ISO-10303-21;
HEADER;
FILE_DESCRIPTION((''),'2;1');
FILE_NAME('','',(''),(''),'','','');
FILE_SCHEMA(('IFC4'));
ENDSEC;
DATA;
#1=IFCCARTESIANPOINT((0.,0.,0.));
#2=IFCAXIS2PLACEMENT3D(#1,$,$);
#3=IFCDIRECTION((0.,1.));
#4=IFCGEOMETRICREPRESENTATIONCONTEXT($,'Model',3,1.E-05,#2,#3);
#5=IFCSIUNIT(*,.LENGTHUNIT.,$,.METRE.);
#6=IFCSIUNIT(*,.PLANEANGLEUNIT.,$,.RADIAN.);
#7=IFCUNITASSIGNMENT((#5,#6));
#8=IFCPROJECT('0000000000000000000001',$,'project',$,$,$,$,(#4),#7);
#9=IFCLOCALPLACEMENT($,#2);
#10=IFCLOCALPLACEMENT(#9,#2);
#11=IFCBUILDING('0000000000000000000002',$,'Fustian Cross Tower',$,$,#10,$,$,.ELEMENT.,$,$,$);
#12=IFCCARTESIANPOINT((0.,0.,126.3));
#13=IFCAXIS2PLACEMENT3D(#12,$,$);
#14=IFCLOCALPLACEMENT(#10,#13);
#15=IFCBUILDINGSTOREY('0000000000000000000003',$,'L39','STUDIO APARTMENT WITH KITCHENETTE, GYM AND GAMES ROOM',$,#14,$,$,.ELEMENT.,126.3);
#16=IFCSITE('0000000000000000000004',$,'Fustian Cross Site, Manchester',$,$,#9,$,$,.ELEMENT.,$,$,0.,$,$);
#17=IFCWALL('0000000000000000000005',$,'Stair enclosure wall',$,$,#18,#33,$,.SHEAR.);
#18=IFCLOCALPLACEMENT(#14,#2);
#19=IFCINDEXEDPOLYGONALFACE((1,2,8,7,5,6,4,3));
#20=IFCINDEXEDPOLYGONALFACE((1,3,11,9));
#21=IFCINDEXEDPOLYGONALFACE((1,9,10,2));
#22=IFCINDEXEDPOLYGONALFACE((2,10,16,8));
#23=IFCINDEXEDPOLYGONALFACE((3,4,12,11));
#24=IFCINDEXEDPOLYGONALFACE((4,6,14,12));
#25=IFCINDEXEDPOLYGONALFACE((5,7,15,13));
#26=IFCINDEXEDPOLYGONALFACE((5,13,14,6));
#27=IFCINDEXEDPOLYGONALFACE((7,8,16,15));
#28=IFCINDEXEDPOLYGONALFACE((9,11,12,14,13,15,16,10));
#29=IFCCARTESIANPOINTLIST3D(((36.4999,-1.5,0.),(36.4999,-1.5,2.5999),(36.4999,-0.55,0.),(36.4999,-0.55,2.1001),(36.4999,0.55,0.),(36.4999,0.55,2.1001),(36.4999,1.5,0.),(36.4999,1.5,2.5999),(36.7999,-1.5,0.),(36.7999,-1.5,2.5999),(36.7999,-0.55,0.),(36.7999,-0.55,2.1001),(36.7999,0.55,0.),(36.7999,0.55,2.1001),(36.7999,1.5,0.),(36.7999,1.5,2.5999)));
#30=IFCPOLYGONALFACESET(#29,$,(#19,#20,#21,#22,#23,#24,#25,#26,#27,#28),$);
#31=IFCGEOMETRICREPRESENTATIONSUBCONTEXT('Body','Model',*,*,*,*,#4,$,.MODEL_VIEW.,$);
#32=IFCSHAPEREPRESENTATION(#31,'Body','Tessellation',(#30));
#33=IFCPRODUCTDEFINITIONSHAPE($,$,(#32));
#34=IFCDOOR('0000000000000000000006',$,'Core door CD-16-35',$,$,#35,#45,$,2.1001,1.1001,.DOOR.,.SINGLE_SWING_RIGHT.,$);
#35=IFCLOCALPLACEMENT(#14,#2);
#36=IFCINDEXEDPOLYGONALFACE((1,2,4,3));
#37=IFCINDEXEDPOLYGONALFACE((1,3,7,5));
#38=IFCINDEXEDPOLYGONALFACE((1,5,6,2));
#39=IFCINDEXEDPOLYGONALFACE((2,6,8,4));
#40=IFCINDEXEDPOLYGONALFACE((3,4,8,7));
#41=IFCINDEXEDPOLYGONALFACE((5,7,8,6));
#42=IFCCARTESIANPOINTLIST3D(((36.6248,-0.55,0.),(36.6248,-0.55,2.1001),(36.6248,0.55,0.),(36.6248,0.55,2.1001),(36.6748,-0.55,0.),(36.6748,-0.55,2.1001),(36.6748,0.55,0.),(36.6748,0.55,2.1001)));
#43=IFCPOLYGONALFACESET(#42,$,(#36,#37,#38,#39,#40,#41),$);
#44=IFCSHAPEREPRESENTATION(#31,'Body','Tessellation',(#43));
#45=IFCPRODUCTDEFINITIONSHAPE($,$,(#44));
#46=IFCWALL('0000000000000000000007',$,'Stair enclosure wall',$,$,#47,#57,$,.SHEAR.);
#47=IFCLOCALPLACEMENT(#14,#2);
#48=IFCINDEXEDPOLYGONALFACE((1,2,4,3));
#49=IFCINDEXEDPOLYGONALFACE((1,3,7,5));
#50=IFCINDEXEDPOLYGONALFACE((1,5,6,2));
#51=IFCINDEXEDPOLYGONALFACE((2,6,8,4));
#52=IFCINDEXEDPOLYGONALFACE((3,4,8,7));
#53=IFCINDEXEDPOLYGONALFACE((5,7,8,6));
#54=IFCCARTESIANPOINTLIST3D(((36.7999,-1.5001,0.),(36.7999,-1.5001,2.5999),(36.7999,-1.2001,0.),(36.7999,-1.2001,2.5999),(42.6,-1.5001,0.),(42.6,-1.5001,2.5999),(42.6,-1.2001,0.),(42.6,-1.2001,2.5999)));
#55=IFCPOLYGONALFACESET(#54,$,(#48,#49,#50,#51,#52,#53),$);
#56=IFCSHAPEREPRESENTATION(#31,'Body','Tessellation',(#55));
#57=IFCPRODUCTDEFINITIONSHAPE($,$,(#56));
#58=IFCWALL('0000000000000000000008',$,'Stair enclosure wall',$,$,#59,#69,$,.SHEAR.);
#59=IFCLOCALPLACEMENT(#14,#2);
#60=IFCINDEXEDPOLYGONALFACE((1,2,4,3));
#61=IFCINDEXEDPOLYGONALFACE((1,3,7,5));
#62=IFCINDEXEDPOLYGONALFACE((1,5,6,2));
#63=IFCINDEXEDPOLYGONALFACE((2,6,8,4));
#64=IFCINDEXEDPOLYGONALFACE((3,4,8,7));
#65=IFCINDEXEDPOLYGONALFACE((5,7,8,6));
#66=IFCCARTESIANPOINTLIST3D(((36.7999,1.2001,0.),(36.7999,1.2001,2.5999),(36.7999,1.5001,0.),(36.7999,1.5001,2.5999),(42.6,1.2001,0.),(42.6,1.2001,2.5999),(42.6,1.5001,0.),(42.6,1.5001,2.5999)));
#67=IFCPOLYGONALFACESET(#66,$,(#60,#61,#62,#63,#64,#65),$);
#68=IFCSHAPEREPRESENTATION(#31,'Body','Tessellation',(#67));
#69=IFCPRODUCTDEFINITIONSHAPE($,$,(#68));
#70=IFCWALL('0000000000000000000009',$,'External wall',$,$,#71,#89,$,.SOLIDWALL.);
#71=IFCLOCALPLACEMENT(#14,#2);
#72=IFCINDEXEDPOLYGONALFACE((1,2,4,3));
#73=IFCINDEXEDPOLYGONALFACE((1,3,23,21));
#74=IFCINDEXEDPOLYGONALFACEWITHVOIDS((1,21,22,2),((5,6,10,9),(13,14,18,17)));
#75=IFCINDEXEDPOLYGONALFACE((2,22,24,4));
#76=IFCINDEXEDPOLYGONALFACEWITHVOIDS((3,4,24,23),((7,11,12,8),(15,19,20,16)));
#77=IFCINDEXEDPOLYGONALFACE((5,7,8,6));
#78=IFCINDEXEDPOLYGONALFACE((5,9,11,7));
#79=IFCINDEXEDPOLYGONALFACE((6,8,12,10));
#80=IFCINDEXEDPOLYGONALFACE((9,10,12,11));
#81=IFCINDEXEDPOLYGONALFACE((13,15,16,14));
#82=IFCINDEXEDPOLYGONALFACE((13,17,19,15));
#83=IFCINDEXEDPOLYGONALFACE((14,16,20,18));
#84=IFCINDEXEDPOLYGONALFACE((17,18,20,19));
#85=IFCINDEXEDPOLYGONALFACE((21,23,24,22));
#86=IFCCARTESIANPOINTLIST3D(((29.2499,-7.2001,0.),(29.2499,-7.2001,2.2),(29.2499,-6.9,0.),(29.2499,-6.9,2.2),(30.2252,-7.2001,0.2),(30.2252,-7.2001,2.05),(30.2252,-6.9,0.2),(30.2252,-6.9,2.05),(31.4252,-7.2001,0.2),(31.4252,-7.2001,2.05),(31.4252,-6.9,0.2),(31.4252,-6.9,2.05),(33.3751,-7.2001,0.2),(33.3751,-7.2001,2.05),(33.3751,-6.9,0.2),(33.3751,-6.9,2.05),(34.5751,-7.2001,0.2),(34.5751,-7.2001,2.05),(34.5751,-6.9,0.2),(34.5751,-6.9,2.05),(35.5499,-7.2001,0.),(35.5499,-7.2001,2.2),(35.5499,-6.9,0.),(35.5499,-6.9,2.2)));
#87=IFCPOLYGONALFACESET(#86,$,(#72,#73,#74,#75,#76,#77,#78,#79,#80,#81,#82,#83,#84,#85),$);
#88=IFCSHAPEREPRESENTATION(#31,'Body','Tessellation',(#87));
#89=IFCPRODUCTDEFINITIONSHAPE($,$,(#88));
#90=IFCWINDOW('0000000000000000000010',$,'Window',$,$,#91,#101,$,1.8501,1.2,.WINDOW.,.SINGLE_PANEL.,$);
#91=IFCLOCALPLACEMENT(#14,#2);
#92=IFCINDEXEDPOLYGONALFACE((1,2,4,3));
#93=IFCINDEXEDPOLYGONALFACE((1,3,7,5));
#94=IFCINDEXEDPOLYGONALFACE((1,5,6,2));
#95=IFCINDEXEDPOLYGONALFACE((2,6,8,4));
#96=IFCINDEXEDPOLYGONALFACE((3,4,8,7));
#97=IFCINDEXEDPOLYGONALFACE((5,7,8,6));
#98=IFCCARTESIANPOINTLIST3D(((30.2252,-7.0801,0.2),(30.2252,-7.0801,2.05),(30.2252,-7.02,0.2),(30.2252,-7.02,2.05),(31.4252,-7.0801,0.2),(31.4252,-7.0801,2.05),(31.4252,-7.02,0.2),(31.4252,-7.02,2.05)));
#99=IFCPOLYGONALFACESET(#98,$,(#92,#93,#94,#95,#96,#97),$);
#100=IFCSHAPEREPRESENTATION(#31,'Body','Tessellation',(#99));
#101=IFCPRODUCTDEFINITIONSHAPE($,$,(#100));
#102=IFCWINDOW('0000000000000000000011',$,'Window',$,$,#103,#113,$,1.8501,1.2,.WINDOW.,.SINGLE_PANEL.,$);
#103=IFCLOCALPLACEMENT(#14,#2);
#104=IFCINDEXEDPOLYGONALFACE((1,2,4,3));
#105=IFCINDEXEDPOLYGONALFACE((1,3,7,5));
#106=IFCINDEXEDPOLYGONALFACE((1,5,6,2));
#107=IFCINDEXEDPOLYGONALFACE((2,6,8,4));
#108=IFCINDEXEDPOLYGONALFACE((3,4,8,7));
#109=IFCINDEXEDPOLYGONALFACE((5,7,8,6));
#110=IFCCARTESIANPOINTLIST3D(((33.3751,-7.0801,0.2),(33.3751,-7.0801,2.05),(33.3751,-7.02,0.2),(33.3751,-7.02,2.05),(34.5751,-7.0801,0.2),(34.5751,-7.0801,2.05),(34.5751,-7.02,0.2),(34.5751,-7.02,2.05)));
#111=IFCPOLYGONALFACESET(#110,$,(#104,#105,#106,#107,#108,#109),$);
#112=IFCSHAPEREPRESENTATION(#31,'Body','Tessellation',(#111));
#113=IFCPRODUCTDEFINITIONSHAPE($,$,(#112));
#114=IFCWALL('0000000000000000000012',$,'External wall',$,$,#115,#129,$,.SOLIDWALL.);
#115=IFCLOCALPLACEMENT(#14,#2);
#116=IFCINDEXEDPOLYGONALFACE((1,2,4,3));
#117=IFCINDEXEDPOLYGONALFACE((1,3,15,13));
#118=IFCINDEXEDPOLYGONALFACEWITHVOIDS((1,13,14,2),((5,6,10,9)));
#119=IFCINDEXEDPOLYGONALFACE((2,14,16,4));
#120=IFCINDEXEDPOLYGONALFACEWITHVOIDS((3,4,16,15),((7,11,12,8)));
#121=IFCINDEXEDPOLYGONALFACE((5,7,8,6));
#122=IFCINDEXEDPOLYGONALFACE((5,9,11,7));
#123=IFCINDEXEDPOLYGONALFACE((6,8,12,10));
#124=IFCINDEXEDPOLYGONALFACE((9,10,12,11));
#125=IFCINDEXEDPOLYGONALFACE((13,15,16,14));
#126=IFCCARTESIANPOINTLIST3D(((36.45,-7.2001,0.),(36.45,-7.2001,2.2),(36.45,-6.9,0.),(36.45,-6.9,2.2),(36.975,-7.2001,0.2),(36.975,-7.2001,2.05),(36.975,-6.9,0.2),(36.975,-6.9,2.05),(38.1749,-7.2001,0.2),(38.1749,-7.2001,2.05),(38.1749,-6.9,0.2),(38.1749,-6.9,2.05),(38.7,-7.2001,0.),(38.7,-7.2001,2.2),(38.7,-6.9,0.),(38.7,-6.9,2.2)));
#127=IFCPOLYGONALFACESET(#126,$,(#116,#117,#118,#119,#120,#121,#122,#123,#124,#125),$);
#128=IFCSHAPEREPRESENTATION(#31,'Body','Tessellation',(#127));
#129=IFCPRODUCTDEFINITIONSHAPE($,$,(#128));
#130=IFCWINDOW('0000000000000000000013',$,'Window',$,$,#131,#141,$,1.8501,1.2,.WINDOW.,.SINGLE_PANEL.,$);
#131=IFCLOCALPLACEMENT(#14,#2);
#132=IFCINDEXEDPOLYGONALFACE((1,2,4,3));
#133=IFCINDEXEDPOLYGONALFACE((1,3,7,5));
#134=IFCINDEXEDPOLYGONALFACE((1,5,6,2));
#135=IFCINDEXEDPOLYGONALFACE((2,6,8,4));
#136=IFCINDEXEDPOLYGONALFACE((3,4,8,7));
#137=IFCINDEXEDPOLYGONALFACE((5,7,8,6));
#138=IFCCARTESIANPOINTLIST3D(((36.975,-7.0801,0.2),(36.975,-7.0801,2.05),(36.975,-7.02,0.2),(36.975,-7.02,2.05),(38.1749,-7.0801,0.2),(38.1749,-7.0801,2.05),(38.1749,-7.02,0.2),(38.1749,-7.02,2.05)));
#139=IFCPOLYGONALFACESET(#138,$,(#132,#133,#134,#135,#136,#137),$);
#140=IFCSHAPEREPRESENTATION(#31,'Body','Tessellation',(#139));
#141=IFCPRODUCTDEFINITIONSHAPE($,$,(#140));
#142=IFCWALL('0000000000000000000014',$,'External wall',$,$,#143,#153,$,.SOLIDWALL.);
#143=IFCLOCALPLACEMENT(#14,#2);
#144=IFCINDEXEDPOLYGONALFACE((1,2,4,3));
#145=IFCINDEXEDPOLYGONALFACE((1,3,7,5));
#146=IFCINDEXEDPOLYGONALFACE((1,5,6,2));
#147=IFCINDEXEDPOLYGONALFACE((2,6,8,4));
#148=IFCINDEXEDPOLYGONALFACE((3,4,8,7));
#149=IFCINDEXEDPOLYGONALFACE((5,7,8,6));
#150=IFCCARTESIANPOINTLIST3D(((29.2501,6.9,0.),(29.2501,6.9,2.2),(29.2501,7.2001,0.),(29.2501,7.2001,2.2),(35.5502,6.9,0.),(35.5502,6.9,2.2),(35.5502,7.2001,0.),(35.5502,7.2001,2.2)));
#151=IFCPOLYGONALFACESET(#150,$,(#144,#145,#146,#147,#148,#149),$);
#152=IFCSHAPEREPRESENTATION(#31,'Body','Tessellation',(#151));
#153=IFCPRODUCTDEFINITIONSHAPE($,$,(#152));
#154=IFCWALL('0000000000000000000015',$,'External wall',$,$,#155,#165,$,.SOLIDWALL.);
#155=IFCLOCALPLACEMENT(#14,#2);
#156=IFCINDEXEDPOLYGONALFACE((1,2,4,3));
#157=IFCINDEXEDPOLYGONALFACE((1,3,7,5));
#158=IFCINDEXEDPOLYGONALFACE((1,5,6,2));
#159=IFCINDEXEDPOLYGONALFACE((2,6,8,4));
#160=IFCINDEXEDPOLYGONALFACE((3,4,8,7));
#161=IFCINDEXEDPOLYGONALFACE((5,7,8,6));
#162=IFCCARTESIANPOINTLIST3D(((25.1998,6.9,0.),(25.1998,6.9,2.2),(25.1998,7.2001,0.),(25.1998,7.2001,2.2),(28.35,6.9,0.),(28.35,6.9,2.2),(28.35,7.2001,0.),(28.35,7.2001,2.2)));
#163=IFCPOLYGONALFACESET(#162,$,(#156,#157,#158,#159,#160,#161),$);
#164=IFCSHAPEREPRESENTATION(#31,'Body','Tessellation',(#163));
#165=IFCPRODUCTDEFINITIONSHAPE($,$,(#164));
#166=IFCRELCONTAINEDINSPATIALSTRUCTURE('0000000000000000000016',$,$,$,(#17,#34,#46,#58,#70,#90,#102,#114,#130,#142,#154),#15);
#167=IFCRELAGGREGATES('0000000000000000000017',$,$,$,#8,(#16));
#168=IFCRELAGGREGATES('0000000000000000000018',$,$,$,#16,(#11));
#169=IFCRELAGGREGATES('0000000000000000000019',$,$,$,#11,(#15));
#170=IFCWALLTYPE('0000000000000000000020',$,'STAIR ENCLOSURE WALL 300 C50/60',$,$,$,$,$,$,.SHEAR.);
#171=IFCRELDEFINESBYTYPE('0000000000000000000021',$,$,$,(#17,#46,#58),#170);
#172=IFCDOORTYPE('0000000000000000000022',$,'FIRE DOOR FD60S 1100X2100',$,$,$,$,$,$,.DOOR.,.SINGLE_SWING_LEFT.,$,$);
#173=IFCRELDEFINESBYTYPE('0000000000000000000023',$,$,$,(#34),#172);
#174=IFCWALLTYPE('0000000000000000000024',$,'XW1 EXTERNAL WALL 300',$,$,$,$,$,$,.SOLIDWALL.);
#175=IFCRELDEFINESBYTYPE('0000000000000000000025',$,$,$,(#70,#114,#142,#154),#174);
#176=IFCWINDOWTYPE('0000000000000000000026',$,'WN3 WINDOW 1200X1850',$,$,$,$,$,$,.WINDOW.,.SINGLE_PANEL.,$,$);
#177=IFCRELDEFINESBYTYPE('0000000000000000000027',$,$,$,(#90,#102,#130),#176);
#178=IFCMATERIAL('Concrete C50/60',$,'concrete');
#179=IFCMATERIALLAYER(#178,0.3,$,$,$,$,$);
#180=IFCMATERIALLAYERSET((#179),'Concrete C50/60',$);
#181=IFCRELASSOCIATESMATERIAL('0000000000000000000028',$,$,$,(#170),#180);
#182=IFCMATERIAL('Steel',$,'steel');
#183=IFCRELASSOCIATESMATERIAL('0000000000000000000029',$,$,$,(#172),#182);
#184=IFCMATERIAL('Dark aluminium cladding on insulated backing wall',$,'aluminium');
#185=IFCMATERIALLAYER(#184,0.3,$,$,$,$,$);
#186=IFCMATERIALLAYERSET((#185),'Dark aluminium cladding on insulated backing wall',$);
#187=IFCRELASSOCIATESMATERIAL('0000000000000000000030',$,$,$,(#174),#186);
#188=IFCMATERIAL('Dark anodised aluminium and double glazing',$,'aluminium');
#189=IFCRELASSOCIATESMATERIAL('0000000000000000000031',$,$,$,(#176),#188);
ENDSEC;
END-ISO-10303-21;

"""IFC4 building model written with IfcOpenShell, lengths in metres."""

from ifc_helpers import new_model, si_unit, direction, frame, frame_2d, origin, place, context, subcontext, project, spatial, rectangle, extrude, material, layer, layer_set, type_object, element, fill, save


model = new_model("IFC4")

# Units and contexts
model_context = context("Model", 3, precision=1e-05, world=origin(), true_north=direction((0.0, 1.0)))
body_context = subcontext(model_context, "Body", "Model", "MODEL_VIEW")
ifc_project = project(units=[si_unit("LENGTHUNIT", "METRE"), si_unit("PLANEANGLEUNIT", "RADIAN")], contexts=[model_context])

# Site, building, storey
site_placement = place(None, origin())
site = spatial("IfcSite", under=ifc_project, at=site_placement, Name="Fustian Cross Site, Manchester", CompositionType="ELEMENT", RefElevation=0.0)
building_placement = place(site_placement, origin())
building = spatial("IfcBuilding", under=site, at=building_placement, Name="Fustian Cross Tower", CompositionType="ELEMENT")
storey_placement = place(building_placement, frame((0.0, 0.0, 126.3)))
storey = spatial("IfcBuildingStorey", under=building, at=storey_placement, Name="L39", Description="STUDIO APARTMENT WITH KITCHENETTE, GYM AND GAMES ROOM", CompositionType="ELEMENT", Elevation=126.3)

# Wall, opening, door
ifc_material_1 = material(Name="Concrete C50/60", Category="concrete")
ifc_layer_1 = layer(ifc_material_1, 0.3)
ifc_layer_set_1 = layer_set([ifc_layer_1], Name="Concrete C50/60")
wall_type_1 = type_object("IfcWallType", Name="STAIR ENCLOSURE WALL 300 C50/60", PredefinedType="SHEAR", material=ifc_layer_set_1)
wall_1_placement = place(storey_placement, frame((36.6499, -1.5, 0.0), z_axis=(0.0, 0.0, 1.0), x_axis=(0.0, 1.0, 0.0)))
wall_1 = element("IfcWall", 1, at=wall_1_placement, inside=storey, type_object=wall_type_1, Name="Stair enclosure wall", PredefinedType="SHEAR", context=body_context, shape_type="SweptSolid", body=[
    extrude(rectangle(XDim=3.0, YDim=0.3, at=frame_2d((1.5, 0.0))), origin(), (0.0, 0.0, 1.0), 2.5999),
])
opening_1_placement = place(wall_1_placement, frame((0.95, 0.0, 0.0)))
opening_1 = element("IfcOpeningElement", 2, at=opening_1_placement, cuts=wall_1, PredefinedType="OPENING", context=body_context, shape_type="SweptSolid", body=[
    extrude(rectangle(XDim=1.1001, YDim=2.1001, at=frame_2d((0.55, 1.05))), frame((0.0, 0.1599, 0.0), z_axis=(0.0, -1.0, 0.0), x_axis=(1.0, 0.0, 0.0)), (0.0, 0.0, 1.0), 0.3201),
])
ifc_material_2 = material(Name="Steel", Category="steel")
door_type_1 = type_object("IfcDoorType", Name="FIRE DOOR FD60S 1100X2100", OperationType="SINGLE_SWING_LEFT", PredefinedType="DOOR", material=ifc_material_2)
door_1_placement = place(opening_1_placement, frame((1.1001, 0.0, 0.0), z_axis=(0.0, 0.0, 1.0), x_axis=(-1.0, 0.0, 0.0)))
door_1 = element("IfcDoor", 3, at=door_1_placement, inside=storey, type_object=door_type_1, Name="Core door CD-16-35", OperationType="SINGLE_SWING_RIGHT", OverallHeight=2.1001, OverallWidth=1.1001, PredefinedType="DOOR", context=body_context, shape_type="SweptSolid", body=[
    extrude(rectangle(XDim=1.1001, YDim=2.1001, at=frame_2d((0.55, 1.05))), frame((0.0, 0.0249, 0.0), z_axis=(0.0, -1.0, 0.0), x_axis=(1.0, 0.0, 0.0)), (0.0, 0.0, 1.0), 0.05),
])
fill(opening_1, door_1)

# Walls
for number, where, z_axis, x_axis, name in (
    (4, (36.8, -1.3501, 0.0), (0.0, 0.0, 1.0), (1.0, 0.0, 0.0), "Stair enclosure wall"),
    (5, (36.8, 1.3501, 0.0), (0.0, 0.0, 1.0), (1.0, 0.0, 0.0), "Stair enclosure wall"),
):
    element("IfcWall", number, at=place(storey_placement, frame(where, z_axis=z_axis, x_axis=x_axis)), inside=storey, type_object=wall_type_1, Name=name, PredefinedType="SHEAR", context=body_context, shape_type="SweptSolid", body=[
        extrude(rectangle(XDim=5.8, YDim=0.3, at=frame_2d((2.8999, 0.0))), origin(), (0.0, 0.0, 1.0), 2.5999),
    ])

# Wall, openings, windows
ifc_material_3 = material(Name="Dark aluminium cladding on insulated backing wall", Category="aluminium")
ifc_layer_2 = layer(ifc_material_3, 0.3)
ifc_layer_set_2 = layer_set([ifc_layer_2], Name="Dark aluminium cladding on insulated backing wall")
wall_type_2 = type_object("IfcWallType", Name="XW1 EXTERNAL WALL 300", PredefinedType="SOLIDWALL", material=ifc_layer_set_2)
wall_2_placement = place(storey_placement, frame((29.25, -7.05, 0.0), z_axis=(0.0, 0.0, 1.0), x_axis=(1.0, 0.0, 0.0)))
wall_2 = element("IfcWall", 6, at=wall_2_placement, inside=storey, type_object=wall_type_2, Name="External wall", PredefinedType="SOLIDWALL", context=body_context, shape_type="SweptSolid", body=[
    extrude(rectangle(XDim=6.3, YDim=0.3, at=frame_2d((3.1499, 0.0))), origin(), (0.0, 0.0, 1.0), 2.2),
])
opening_2_placement = place(wall_2_placement, frame((0.9751, 0.0, 0.2)))
opening_2 = element("IfcOpeningElement", 7, at=opening_2_placement, cuts=wall_2, PredefinedType="OPENING", context=body_context, shape_type="SweptSolid", body=[
    extrude(rectangle(XDim=1.2, YDim=1.8501, at=frame_2d((0.6001, 0.925))), frame((0.0, 0.1599, 0.0), z_axis=(0.0, -1.0, 0.0), x_axis=(1.0, 0.0, 0.0)), (0.0, 0.0, 1.0), 0.3201),
])
opening_3_placement = place(wall_2_placement, frame((4.125, 0.0, 0.2)))
opening_3 = element("IfcOpeningElement", 8, at=opening_3_placement, cuts=wall_2, PredefinedType="OPENING", context=body_context, shape_type="SweptSolid", body=[
    extrude(rectangle(XDim=1.2, YDim=1.8501, at=frame_2d((0.6001, 0.925))), frame((0.0, 0.1599, 0.0), z_axis=(0.0, -1.0, 0.0), x_axis=(1.0, 0.0, 0.0)), (0.0, 0.0, 1.0), 0.3201),
])
ifc_material_4 = material(Name="Dark anodised aluminium and double glazing", Category="aluminium")
window_type = type_object("IfcWindowType", Name="WN3 WINDOW 1200X1850", PartitioningType="SINGLE_PANEL", PredefinedType="WINDOW", material=ifc_material_4)
window_1_placement = place(opening_2_placement, origin())
window_1 = element("IfcWindow", 9, at=window_1_placement, inside=storey, type_object=window_type, Name="Window", OverallHeight=1.8501, OverallWidth=1.2, PartitioningType="SINGLE_PANEL", PredefinedType="WINDOW", context=body_context, shape_type="SweptSolid", body=[
    extrude(rectangle(XDim=1.2, YDim=1.8501, at=frame_2d((0.6001, 0.925))), frame((0.0, 0.03, 0.0), z_axis=(0.0, -1.0, 0.0), x_axis=(1.0, 0.0, 0.0)), (0.0, 0.0, 1.0), 0.0601),
])
fill(opening_2, window_1)
window_2_placement = place(opening_3_placement, origin())
window_2 = element("IfcWindow", 10, at=window_2_placement, inside=storey, type_object=window_type, Name="Window", OverallHeight=1.8501, OverallWidth=1.2, PartitioningType="SINGLE_PANEL", PredefinedType="WINDOW", context=body_context, shape_type="SweptSolid", body=[
    extrude(rectangle(XDim=1.2, YDim=1.8501, at=frame_2d((0.6001, 0.925))), frame((0.0, 0.03, 0.0), z_axis=(0.0, -1.0, 0.0), x_axis=(1.0, 0.0, 0.0)), (0.0, 0.0, 1.0), 0.0601),
])
fill(opening_3, window_2)

# Wall, opening, window
wall_3_placement = place(storey_placement, frame((36.45, -7.05, 0.0), z_axis=(0.0, 0.0, 1.0), x_axis=(1.0, 0.0, 0.0)))
wall_3 = element("IfcWall", 11, at=wall_3_placement, inside=storey, type_object=wall_type_2, Name="External wall", PredefinedType="SOLIDWALL", context=body_context, shape_type="SweptSolid", body=[
    extrude(rectangle(XDim=2.25, YDim=0.3, at=frame_2d((1.125, 0.0))), origin(), (0.0, 0.0, 1.0), 2.2),
])
opening_4_placement = place(wall_3_placement, frame((0.5249, 0.0, 0.2)))
opening_4 = element("IfcOpeningElement", 12, at=opening_4_placement, cuts=wall_3, PredefinedType="OPENING", context=body_context, shape_type="SweptSolid", body=[
    extrude(rectangle(XDim=1.2, YDim=1.8501, at=frame_2d((0.6001, 0.925))), frame((0.0, 0.1599, 0.0), z_axis=(0.0, -1.0, 0.0), x_axis=(1.0, 0.0, 0.0)), (0.0, 0.0, 1.0), 0.3201),
])
window_3_placement = place(opening_4_placement, origin())
window_3 = element("IfcWindow", 13, at=window_3_placement, inside=storey, type_object=window_type, Name="Window", OverallHeight=1.8501, OverallWidth=1.2, PartitioningType="SINGLE_PANEL", PredefinedType="WINDOW", context=body_context, shape_type="SweptSolid", body=[
    extrude(rectangle(XDim=1.2, YDim=1.8501, at=frame_2d((0.6001, 0.925))), frame((0.0, 0.03, 0.0), z_axis=(0.0, -1.0, 0.0), x_axis=(1.0, 0.0, 0.0)), (0.0, 0.0, 1.0), 0.0601),
])
fill(opening_4, window_3)

# Walls
wall_4_placement = place(storey_placement, frame((35.55, 7.05, 0.0), z_axis=(0.0, 0.0, 1.0), x_axis=(-1.0, 0.0, 0.0)))
element("IfcWall", 14, at=wall_4_placement, inside=storey, type_object=wall_type_2, Name="External wall", PredefinedType="SOLIDWALL", context=body_context, shape_type="SweptSolid", body=[
    extrude(rectangle(XDim=6.3, YDim=0.3, at=frame_2d((3.1499, 0.0))), origin(), (0.0, 0.0, 1.0), 2.2),
])
wall_5_placement = place(storey_placement, frame((28.3501, 7.05, 0.0), z_axis=(0.0, 0.0, 1.0), x_axis=(-1.0, 0.0, 0.0)))
element("IfcWall", 15, at=wall_5_placement, inside=storey, type_object=wall_type_2, Name="External wall", PredefinedType="SOLIDWALL", context=body_context, shape_type="SweptSolid", body=[
    extrude(rectangle(XDim=3.1501, YDim=0.3, at=frame_2d((1.5752, 0.0))), origin(), (0.0, 0.0, 1.0), 2.2),
])

save(model, "model.ifc")
